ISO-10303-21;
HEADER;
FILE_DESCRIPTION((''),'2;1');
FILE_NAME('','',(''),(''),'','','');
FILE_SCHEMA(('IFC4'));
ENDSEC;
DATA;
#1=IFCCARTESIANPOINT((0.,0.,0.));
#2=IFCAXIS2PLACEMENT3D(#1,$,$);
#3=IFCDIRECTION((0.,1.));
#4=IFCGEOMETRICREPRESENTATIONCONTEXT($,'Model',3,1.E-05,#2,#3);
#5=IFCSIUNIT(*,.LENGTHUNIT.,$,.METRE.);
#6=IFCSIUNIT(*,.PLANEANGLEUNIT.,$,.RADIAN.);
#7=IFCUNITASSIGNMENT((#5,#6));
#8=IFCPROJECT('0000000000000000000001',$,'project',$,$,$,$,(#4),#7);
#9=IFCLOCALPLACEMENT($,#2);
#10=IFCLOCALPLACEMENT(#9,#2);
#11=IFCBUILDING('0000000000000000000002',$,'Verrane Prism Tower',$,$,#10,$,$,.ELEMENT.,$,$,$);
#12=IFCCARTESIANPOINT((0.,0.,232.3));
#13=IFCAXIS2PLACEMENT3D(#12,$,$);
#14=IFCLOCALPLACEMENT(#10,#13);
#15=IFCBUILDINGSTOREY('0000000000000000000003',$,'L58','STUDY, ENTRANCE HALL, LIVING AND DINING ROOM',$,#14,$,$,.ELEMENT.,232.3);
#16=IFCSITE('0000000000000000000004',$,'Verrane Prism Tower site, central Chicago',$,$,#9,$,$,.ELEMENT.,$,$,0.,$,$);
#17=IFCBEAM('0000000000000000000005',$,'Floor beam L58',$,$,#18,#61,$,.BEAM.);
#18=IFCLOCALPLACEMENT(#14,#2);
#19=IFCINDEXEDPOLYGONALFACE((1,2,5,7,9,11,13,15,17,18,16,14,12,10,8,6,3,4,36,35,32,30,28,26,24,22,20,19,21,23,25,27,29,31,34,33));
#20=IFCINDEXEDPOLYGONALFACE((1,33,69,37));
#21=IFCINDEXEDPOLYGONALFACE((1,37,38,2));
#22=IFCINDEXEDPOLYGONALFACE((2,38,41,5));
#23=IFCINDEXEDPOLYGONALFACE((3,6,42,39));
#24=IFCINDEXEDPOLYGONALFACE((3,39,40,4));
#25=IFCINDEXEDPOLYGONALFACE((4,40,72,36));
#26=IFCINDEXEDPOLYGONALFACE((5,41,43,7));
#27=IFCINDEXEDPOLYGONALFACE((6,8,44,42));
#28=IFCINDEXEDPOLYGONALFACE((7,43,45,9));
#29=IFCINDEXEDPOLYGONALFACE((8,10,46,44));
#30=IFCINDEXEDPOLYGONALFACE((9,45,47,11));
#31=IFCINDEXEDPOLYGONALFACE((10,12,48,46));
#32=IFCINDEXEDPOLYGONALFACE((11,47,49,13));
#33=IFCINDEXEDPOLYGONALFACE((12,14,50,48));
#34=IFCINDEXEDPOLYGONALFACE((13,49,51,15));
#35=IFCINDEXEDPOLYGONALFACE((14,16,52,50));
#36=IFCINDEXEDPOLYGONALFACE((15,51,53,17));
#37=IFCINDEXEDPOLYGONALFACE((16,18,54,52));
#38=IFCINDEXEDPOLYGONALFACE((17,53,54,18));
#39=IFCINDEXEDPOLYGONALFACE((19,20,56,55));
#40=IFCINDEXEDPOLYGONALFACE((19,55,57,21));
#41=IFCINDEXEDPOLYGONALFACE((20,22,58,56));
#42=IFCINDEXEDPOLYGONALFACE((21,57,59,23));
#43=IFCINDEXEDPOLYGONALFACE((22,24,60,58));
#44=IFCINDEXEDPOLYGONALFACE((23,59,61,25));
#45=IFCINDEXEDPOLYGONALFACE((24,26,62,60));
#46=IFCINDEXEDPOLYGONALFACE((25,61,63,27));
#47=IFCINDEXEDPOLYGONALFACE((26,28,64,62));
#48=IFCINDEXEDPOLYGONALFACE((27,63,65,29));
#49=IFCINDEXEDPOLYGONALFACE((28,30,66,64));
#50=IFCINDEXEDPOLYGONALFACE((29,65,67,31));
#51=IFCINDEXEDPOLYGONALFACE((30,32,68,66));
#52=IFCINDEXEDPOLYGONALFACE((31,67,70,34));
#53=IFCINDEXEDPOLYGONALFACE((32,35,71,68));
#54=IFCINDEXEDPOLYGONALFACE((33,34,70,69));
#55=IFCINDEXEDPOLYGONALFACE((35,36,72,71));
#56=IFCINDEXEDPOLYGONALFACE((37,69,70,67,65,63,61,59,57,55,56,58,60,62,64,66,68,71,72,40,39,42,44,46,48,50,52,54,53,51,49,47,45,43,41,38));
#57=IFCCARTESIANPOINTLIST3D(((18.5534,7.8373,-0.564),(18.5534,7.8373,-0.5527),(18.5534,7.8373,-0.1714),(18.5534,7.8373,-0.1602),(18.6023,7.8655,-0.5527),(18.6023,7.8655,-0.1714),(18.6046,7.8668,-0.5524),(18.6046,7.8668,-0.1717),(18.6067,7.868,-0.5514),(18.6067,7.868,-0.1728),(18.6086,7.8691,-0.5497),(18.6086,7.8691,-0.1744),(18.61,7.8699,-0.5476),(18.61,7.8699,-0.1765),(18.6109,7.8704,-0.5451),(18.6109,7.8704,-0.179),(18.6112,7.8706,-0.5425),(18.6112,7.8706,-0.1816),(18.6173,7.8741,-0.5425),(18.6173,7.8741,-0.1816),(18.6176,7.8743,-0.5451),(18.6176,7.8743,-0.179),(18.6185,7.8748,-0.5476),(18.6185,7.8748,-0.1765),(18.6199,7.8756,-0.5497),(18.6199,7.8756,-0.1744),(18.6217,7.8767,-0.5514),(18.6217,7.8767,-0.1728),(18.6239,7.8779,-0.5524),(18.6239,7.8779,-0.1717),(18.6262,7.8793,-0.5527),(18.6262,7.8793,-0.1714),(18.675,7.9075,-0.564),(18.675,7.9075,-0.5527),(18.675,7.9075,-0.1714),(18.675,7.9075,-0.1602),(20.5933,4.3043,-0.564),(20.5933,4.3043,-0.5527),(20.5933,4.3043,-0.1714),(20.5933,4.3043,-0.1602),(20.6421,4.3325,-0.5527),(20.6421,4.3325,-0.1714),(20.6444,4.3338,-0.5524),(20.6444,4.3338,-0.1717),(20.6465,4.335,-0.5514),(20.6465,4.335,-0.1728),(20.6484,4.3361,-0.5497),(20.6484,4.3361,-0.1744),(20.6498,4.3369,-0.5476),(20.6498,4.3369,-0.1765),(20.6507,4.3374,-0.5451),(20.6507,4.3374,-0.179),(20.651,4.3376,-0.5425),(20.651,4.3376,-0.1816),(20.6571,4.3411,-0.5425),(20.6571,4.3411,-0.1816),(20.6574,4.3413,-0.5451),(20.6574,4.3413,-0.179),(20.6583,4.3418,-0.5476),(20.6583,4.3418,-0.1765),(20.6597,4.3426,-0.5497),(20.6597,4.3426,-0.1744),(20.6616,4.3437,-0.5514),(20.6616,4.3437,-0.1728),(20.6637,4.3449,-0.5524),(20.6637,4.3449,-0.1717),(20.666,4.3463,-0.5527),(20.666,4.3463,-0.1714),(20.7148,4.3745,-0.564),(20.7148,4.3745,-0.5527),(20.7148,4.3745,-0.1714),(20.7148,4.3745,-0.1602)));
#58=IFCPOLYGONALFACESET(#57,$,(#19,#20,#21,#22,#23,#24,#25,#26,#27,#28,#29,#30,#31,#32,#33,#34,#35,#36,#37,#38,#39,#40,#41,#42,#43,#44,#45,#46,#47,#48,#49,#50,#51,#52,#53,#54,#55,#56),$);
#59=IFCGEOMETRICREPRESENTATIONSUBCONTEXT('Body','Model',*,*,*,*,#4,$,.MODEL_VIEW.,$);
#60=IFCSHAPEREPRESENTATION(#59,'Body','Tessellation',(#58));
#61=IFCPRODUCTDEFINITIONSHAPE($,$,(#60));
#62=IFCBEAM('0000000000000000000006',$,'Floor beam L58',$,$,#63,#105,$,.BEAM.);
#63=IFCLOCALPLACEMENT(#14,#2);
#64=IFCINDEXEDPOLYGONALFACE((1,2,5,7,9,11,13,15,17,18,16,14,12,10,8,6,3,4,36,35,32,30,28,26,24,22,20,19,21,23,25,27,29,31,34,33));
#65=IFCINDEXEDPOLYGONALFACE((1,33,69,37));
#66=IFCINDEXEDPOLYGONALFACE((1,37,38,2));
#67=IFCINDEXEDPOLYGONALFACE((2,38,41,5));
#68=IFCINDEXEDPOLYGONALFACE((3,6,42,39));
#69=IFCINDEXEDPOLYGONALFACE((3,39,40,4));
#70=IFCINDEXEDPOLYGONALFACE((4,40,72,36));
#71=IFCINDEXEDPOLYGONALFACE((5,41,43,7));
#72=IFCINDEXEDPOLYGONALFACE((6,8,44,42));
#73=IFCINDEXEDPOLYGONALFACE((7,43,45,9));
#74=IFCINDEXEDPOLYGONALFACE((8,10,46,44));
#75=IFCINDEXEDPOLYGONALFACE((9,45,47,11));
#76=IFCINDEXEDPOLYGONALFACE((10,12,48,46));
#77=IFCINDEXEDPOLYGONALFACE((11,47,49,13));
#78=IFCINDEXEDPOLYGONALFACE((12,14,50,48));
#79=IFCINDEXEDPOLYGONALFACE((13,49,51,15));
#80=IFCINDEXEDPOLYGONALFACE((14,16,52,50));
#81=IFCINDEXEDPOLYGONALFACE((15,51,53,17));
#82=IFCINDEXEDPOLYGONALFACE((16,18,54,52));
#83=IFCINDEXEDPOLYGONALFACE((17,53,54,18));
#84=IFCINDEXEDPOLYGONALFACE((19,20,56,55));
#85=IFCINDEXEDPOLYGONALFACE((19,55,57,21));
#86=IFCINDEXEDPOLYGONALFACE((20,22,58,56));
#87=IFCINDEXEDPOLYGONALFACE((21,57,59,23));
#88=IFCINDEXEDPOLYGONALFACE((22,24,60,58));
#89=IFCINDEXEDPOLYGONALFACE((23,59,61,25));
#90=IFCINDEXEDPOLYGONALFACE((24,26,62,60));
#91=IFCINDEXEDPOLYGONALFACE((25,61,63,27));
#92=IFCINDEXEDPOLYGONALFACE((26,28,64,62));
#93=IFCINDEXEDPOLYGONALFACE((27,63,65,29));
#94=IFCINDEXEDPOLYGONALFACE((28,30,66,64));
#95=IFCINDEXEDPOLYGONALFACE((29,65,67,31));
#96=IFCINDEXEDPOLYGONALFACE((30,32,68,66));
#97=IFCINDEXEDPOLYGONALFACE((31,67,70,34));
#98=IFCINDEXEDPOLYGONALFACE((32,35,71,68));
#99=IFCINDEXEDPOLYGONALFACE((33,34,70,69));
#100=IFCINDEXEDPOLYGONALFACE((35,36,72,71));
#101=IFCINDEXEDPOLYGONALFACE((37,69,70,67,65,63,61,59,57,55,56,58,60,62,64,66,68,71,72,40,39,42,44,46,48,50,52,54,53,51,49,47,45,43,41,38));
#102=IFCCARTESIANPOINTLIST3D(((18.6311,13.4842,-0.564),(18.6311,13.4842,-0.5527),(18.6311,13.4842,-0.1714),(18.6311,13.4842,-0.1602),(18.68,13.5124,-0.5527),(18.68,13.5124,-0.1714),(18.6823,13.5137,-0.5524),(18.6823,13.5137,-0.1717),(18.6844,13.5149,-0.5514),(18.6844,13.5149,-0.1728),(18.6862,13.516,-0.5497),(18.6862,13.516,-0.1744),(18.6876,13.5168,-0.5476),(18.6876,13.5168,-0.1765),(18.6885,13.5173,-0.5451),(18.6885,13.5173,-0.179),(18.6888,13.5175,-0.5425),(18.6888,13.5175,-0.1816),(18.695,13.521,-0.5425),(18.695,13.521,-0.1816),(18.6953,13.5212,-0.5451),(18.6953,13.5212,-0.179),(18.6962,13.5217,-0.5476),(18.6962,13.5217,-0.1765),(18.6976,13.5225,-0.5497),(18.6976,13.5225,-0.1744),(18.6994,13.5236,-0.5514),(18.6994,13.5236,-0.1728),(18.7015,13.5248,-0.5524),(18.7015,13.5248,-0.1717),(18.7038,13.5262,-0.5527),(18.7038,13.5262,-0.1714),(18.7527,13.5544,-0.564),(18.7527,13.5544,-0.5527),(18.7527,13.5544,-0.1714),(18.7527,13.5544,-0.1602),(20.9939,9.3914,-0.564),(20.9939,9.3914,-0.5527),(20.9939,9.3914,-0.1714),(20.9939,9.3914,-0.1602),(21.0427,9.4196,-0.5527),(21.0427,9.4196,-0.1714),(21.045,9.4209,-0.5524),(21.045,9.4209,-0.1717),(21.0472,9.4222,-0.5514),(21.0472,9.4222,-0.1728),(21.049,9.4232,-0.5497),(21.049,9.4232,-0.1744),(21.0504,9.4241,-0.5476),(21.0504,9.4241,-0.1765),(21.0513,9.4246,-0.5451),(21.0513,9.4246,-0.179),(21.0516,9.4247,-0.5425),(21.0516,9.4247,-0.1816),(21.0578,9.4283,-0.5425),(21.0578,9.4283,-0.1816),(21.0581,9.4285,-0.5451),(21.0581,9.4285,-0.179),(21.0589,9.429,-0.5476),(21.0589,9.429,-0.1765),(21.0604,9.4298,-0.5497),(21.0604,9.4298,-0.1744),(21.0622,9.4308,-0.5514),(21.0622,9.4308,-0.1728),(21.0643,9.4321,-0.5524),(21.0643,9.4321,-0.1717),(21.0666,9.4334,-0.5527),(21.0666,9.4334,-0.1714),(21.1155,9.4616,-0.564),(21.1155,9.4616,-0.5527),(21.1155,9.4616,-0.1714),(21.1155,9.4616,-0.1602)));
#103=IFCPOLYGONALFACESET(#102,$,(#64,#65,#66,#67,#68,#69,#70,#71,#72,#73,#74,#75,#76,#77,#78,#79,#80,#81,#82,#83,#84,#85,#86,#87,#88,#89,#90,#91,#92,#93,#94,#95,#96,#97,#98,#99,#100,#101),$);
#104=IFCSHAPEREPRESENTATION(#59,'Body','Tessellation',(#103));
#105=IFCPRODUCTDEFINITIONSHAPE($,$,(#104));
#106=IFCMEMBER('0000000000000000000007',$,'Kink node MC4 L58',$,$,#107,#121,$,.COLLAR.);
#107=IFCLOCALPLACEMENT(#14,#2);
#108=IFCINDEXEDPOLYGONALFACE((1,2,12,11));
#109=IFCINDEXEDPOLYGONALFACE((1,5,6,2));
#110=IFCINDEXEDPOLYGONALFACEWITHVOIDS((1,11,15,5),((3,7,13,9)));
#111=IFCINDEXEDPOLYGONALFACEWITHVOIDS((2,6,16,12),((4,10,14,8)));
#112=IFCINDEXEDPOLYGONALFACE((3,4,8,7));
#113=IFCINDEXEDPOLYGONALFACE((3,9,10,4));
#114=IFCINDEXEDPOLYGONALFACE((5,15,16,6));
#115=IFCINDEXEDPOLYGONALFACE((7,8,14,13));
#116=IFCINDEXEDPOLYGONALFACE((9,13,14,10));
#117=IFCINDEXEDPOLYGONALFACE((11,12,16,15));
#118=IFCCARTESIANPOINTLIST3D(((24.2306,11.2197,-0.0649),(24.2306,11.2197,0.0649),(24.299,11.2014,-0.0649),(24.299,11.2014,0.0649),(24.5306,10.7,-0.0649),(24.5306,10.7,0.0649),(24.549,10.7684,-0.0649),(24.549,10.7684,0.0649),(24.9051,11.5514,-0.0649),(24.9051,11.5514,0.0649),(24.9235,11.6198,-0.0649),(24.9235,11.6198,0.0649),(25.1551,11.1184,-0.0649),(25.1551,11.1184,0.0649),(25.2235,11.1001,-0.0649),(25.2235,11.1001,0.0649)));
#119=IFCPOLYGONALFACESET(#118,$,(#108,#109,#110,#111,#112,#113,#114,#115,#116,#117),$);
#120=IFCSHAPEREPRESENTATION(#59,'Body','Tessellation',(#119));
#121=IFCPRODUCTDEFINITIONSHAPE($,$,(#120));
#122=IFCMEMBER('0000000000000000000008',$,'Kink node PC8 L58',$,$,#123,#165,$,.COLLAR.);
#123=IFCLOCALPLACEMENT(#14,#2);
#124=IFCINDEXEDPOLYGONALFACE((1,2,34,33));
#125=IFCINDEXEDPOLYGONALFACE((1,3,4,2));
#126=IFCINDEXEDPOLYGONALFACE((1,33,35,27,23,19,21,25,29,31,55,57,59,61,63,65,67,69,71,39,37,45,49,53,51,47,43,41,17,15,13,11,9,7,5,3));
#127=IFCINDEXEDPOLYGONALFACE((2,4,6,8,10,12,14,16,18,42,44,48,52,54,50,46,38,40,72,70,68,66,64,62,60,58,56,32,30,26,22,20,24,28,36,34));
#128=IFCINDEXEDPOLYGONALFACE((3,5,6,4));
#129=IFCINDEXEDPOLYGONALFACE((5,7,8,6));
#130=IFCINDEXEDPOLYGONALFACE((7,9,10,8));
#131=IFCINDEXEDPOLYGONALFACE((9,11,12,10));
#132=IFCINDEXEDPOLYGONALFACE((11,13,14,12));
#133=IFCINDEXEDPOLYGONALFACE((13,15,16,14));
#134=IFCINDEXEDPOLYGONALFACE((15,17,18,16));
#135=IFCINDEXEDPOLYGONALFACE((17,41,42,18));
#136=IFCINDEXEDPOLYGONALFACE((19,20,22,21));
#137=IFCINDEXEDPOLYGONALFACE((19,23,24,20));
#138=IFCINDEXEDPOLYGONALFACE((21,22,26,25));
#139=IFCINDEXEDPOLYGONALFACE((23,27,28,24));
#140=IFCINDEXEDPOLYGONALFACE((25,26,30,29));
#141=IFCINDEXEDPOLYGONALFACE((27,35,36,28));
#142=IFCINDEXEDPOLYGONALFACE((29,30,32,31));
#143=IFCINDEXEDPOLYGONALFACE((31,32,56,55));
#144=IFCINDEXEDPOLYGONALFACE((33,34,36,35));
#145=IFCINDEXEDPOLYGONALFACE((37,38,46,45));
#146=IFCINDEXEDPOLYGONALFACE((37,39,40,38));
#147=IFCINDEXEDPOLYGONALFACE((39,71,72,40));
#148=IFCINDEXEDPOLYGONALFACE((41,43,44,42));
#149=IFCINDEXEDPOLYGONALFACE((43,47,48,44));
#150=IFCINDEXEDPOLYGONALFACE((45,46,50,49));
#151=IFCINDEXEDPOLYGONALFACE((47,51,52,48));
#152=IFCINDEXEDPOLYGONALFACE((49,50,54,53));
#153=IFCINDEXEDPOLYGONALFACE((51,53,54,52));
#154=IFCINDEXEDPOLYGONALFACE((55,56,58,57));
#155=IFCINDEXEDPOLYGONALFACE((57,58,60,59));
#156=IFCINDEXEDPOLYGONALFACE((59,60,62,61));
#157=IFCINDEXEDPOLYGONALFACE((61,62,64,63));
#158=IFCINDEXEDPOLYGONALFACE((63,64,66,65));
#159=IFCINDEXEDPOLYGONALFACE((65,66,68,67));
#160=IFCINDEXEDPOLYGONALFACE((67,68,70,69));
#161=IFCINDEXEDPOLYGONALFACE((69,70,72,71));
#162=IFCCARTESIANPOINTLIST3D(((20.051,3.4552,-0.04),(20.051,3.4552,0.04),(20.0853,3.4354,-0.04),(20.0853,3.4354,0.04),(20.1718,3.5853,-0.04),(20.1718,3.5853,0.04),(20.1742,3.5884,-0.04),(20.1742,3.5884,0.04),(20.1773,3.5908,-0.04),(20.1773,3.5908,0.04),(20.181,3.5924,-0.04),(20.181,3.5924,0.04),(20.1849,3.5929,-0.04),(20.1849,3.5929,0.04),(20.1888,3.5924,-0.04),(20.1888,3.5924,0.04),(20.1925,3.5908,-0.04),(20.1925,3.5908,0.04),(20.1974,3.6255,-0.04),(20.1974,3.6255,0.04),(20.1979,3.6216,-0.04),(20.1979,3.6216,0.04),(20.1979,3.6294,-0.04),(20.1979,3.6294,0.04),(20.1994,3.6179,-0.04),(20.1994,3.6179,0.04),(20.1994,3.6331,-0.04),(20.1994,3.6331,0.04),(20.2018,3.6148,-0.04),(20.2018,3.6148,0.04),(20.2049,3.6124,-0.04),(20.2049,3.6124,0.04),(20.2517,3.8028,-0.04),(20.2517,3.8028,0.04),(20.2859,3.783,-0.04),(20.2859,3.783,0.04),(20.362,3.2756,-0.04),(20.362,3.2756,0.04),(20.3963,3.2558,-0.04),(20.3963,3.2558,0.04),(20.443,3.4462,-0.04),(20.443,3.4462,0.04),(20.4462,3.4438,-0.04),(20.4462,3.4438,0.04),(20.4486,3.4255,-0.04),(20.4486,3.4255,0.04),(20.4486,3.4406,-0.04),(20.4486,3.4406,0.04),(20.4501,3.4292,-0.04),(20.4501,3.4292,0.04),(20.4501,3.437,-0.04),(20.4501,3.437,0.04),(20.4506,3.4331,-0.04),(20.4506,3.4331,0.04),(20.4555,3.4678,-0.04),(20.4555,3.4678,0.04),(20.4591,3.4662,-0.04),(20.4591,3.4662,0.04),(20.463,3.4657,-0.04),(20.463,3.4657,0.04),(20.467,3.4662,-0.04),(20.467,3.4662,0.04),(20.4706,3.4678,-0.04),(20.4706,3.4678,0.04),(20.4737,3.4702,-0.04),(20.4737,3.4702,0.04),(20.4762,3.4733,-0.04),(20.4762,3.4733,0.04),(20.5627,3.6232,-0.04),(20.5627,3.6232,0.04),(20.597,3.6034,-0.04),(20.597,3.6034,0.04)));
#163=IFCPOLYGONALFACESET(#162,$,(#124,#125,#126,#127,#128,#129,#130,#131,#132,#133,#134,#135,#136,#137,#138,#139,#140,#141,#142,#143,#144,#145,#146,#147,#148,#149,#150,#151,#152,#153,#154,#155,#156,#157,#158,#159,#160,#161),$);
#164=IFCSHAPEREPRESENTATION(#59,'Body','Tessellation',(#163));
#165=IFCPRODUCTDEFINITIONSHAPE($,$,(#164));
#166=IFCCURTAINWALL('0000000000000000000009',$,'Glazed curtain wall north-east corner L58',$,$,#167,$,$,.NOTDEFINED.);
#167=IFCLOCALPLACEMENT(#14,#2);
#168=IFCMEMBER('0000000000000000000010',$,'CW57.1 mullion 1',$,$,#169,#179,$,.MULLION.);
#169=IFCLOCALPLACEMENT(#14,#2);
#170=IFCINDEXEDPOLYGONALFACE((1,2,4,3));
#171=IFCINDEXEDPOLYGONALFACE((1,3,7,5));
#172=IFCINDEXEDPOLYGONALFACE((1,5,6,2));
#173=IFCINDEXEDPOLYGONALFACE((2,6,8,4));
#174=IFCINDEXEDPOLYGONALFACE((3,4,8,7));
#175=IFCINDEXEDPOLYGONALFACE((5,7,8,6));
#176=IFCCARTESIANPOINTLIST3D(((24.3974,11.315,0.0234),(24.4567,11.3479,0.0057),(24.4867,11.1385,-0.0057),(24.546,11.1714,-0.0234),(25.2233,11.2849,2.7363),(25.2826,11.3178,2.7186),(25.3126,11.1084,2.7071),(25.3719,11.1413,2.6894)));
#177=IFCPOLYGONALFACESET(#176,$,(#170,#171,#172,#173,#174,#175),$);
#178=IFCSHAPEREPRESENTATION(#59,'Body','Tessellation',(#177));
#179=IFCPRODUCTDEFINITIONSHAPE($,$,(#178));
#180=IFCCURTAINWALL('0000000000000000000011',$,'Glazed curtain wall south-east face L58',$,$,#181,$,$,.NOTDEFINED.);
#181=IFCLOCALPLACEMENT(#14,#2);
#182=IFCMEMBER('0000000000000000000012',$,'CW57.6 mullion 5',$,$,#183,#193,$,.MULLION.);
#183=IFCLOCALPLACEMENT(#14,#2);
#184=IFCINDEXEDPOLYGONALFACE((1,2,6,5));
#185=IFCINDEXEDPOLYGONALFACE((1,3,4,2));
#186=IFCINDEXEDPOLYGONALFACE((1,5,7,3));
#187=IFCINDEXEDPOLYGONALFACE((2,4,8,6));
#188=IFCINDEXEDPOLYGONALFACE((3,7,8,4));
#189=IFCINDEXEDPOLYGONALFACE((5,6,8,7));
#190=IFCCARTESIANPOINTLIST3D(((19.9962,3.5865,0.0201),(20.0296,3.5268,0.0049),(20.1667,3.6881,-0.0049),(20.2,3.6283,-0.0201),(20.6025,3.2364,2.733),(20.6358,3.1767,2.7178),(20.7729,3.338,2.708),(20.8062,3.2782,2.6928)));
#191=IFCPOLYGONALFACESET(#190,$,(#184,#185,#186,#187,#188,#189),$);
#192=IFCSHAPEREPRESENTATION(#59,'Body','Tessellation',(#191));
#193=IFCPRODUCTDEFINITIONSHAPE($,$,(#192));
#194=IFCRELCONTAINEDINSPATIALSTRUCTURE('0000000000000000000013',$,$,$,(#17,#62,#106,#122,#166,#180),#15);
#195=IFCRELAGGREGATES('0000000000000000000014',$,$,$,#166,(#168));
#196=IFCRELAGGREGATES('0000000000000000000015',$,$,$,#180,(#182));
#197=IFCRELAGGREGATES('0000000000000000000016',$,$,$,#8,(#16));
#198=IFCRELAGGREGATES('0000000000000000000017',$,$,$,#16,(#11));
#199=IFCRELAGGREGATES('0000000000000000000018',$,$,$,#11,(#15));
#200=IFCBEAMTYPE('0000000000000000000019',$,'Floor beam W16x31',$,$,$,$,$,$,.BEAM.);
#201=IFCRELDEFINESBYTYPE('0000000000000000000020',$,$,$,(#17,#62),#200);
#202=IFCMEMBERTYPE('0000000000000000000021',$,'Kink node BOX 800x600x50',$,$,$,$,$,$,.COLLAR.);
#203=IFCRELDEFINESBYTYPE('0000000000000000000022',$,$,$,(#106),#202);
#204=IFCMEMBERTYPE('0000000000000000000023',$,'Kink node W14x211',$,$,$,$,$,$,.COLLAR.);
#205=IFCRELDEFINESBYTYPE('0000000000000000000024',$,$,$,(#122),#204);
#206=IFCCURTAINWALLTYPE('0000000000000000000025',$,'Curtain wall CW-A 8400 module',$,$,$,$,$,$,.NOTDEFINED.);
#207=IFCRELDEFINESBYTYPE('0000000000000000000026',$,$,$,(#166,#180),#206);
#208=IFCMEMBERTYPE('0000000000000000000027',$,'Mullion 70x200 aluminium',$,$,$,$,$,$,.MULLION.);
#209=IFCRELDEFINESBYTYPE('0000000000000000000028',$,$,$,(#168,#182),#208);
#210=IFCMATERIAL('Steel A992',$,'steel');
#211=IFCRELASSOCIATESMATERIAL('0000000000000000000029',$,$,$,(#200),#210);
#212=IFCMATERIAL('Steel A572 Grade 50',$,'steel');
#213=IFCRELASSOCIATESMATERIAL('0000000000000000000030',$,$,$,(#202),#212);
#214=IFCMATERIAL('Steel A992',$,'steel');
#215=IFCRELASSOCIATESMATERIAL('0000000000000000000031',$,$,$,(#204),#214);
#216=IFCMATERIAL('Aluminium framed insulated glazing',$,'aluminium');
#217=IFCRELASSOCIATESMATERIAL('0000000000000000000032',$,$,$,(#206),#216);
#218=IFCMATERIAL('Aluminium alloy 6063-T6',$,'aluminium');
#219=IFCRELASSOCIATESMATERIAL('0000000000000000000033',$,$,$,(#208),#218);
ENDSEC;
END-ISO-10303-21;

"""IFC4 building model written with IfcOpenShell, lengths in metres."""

from ifc_helpers import new_model, si_unit, direction, frame, origin, origin_2d, place, context, subcontext, project, spatial, rectangle, hollow_rectangle, i_section, extrude, material, material_profile, profile_set, type_object, element, aggregate, save


model = new_model("IFC4")

# Units and contexts
model_context = context("Model", 3, precision=1e-05, world=origin(), true_north=direction((0.0, 1.0)))
body_context = subcontext(model_context, "Body", "Model", "MODEL_VIEW")
ifc_project = project(units=[si_unit("LENGTHUNIT", "METRE"), si_unit("PLANEANGLEUNIT", "RADIAN")], contexts=[model_context])

# Site, building, storey
site_placement = place(None, origin())
site = spatial("IfcSite", under=ifc_project, at=site_placement, Name="Verrane Prism Tower site, central Chicago", CompositionType="ELEMENT", RefElevation=0.0)
building_placement = place(site_placement, origin())
building = spatial("IfcBuilding", under=site, at=building_placement, Name="Verrane Prism Tower", CompositionType="ELEMENT")
storey_placement = place(building_placement, frame((0.0, 0.0, 232.3)))
storey = spatial("IfcBuildingStorey", under=building, at=storey_placement, Name="L58", Description="STUDY, ENTRANCE HALL, LIVING AND DINING ROOM", CompositionType="ELEMENT", Elevation=232.3)

# Beams
ifc_material_1 = material(Name="Steel A992", Category="steel")
ifc_material_profile_1 = material_profile(ifc_material_1, i_section(OverallWidth=0.1404, OverallDepth=0.4038, WebThickness=0.0071, FlangeThickness=0.0112, FilletRadius=0.0103, at=origin_2d()), Name="W16x31")
ifc_profile_set_1 = profile_set([ifc_material_profile_1], Name="Steel A992")
beam_type_1 = type_object("IfcBeamType", Name="Floor beam W16x31", PredefinedType="BEAM", material=ifc_profile_set_1)
beam_1_placement = place(storey_placement, frame((20.6541, 4.3394, -0.3621), z_axis=(-0.500007, 0.866021, 0.0), x_axis=(-0.866021, -0.500007, 0.0)))
element("IfcBeam", 1, at=beam_1_placement, inside=storey, type_object=beam_type_1, Name="Floor beam L58", PredefinedType="BEAM", context=body_context, shape_type="SweptSolid", body=[
    extrude(i_section(OverallWidth=0.1404, OverallDepth=0.4038, WebThickness=0.0071, FlangeThickness=0.0112, FilletRadius=0.0103, at=origin_2d()), origin(), (0.0, 0.0, 1.0), 4.0796),
])
beam_2_placement = place(storey_placement, frame((21.0547, 9.4265, -0.3621), z_axis=(-0.499973, 0.866041, 0.0), x_axis=(-0.866041, -0.499973, 0.0)))
element("IfcBeam", 2, at=beam_2_placement, inside=storey, type_object=beam_type_1, Name="Floor beam L58", PredefinedType="BEAM", context=body_context, shape_type="SweptSolid", body=[
    extrude(i_section(OverallWidth=0.1404, OverallDepth=0.4038, WebThickness=0.0071, FlangeThickness=0.0112, FilletRadius=0.0103, at=origin_2d()), origin(), (0.0, 0.0, 1.0), 4.7258),
])

# Members
ifc_material_2 = material(Name="Steel A572 Grade 50", Category="steel")
ifc_material_profile_2 = material_profile(ifc_material_2, hollow_rectangle(XDim=0.6001, YDim=0.8, WallThickness=0.05, at=origin_2d()), Name="BOX 800x600x50")
ifc_profile_set_2 = profile_set([ifc_material_profile_2], Name="Steel A572 Grade 50")
member_type_1 = type_object("IfcMemberType", Name="Kink node BOX 800x600x50", PredefinedType="COLLAR", material=ifc_profile_set_2)
member_1_placement = place(storey_placement, frame((24.7271, 11.1599, -0.0649), z_axis=(0.0, 0.0, 1.0), x_axis=(0.5, -0.866025, 0.0)))
element("IfcMember", 3, at=member_1_placement, inside=storey, type_object=member_type_1, Name="Kink node MC4 L58", PredefinedType="COLLAR", context=body_context, shape_type="SweptSolid", body=[
    extrude(hollow_rectangle(XDim=0.6001, YDim=0.8, WallThickness=0.05, at=origin_2d()), origin(), (0.0, 0.0, 1.0), 0.1299),
])
ifc_material_3 = material(Name="Steel A992", Category="steel")
ifc_material_profile_3 = material_profile(ifc_material_3, i_section(OverallWidth=0.4014, OverallDepth=0.3987, WebThickness=0.0249, FlangeThickness=0.0396, FilletRadius=0.0151, at=origin_2d()), Name="W14x211")
ifc_profile_set_3 = profile_set([ifc_material_profile_3], Name="Steel A992")
member_type_2 = type_object("IfcMemberType", Name="Kink node W14x211", PredefinedType="COLLAR", material=ifc_profile_set_3)
member_2_placement = place(storey_placement, frame((20.324, 3.5293, -0.04), z_axis=(0.0, 0.0, 1.0), x_axis=(-0.5, -0.866025, 0.0)))
element("IfcMember", 4, at=member_2_placement, inside=storey, type_object=member_type_2, Name="Kink node PC8 L58", PredefinedType="COLLAR", context=body_context, shape_type="SweptSolid", body=[
    extrude(i_section(OverallWidth=0.4014, OverallDepth=0.3987, WebThickness=0.0249, FlangeThickness=0.0396, FilletRadius=0.0151, at=origin_2d()), origin(), (0.0, 0.0, 1.0), 0.0801),
])

# Curtain walls, members
ifc_material_4 = material(Name="Aluminium framed insulated glazing", Category="aluminium")
curtain_wall_type = type_object("IfcCurtainWallType", Name="Curtain wall CW-A 8400 module", PredefinedType="NOTDEFINED", material=ifc_material_4)
curtain_wall_1_placement = place(storey_placement, origin())
curtain_wall_1 = element("IfcCurtainWall", 5, at=curtain_wall_1_placement, inside=storey, type_object=curtain_wall_type, Name="Glazed curtain wall north-east corner L58", PredefinedType="NOTDEFINED")
ifc_material_5 = material(Name="Aluminium alloy 6063-T6", Category="aluminium")
ifc_material_profile_4 = material_profile(ifc_material_5, rectangle(XDim=0.2, YDim=0.0701, at=origin_2d()), Name="Mullion 70x200 aluminium")
ifc_profile_set_4 = profile_set([ifc_material_profile_4], Name="Aluminium alloy 6063-T6")
member_type_3 = type_object("IfcMemberType", Name="Mullion 70x200 aluminium", PredefinedType="MULLION", material=ifc_profile_set_4)
member_3_placement = place(storey_placement, frame((24.4717, 11.2432, 0.0), z_axis=(0.291231, -0.010589, 0.956594), x_axis=(0.44651, -0.882835, -0.14571)))
member_3 = element("IfcMember", 6, at=member_3_placement, type_object=member_type_3, Name="CW57.1 mullion 1", PredefinedType="MULLION", context=body_context, shape_type="SweptSolid", body=[
    extrude(rectangle(XDim=0.2, YDim=0.0701, at=origin_2d()), origin(), (0.0, 0.0, 1.0), 2.8359),
])
aggregate(curtain_wall_1, [member_3])
curtain_wall_2_placement = place(storey_placement, origin())
curtain_wall_2 = element("IfcCurtainWall", 7, at=curtain_wall_2_placement, inside=storey, type_object=curtain_wall_type, Name="Glazed curtain wall south-east face L58", PredefinedType="NOTDEFINED")
member_4_placement = place(storey_placement, frame((20.0981, 3.6074, 0.0), z_axis=(0.216365, -0.124957, 0.968283), x_axis=(-0.852359, -0.507815, 0.124928)))
member_4 = element("IfcMember", 8, at=member_4_placement, type_object=member_type_3, Name="CW57.6 mullion 5", PredefinedType="MULLION", context=body_context, shape_type="SweptSolid", body=[
    extrude(rectangle(XDim=0.2, YDim=0.0701, at=origin_2d()), origin(), (0.0, 0.0, 1.0), 2.8018),
])

aggregate(curtain_wall_2, [member_4])

save(model, "model.ifc")
